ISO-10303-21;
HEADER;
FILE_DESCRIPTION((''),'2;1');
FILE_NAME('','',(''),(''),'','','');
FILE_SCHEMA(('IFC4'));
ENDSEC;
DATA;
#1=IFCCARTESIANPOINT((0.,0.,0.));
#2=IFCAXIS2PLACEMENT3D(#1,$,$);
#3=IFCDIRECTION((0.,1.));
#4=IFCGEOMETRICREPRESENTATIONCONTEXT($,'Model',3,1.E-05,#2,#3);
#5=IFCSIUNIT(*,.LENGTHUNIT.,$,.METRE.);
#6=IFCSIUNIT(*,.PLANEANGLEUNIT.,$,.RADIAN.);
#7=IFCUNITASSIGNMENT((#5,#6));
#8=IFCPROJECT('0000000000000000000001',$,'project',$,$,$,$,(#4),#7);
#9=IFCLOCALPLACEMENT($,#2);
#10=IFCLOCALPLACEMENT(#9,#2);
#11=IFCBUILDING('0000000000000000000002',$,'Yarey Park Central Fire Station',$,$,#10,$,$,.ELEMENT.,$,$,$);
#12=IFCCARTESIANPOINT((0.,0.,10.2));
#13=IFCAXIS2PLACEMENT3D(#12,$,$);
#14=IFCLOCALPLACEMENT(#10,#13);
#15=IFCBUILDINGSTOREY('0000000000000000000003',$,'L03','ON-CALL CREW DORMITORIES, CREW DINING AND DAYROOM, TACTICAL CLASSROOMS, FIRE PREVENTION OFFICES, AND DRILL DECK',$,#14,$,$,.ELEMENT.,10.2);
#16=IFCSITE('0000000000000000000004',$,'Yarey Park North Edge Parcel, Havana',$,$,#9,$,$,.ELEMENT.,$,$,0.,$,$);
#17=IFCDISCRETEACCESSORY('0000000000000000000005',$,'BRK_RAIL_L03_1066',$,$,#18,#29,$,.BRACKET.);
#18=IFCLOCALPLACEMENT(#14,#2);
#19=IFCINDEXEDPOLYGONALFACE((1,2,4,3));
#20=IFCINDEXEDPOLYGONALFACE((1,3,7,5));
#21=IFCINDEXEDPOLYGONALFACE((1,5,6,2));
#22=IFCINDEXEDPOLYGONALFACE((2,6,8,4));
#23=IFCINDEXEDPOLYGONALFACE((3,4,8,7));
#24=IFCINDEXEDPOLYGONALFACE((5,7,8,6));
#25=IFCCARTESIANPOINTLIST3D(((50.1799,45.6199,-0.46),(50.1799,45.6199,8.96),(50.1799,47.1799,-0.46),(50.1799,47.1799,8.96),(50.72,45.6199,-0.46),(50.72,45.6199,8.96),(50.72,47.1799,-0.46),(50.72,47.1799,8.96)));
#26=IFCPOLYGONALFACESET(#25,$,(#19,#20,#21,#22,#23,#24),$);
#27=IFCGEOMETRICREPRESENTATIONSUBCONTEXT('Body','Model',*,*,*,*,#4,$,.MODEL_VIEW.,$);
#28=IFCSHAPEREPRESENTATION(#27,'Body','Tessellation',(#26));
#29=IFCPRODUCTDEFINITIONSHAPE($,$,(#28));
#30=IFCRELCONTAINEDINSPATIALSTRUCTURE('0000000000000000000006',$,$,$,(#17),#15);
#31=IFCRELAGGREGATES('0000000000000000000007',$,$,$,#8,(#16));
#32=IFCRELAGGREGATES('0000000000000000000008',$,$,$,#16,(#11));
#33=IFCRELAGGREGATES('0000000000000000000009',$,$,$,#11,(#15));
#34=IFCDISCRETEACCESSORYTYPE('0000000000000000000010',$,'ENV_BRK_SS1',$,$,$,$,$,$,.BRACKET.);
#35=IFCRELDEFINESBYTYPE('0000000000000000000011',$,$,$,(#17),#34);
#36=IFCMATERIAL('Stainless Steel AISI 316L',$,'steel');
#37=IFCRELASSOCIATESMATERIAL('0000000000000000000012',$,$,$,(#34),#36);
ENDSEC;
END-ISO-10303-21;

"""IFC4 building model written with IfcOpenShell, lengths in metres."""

from ifc_helpers import new_model, si_unit, direction, frame, origin, origin_2d, place, context, subcontext, project, spatial, rectangle, extrude, material, type_object, element, save


model = new_model("IFC4")

# Units and contexts
model_context = context("Model", 3, precision=1e-05, world=origin(), true_north=direction((0.0, 1.0)))
body_context = subcontext(model_context, "Body", "Model", "MODEL_VIEW")
ifc_project = project(units=[si_unit("LENGTHUNIT", "METRE"), si_unit("PLANEANGLEUNIT", "RADIAN")], contexts=[model_context])

# Site, building, storey
site_placement = place(None, origin())
site = spatial("IfcSite", under=ifc_project, at=site_placement, Name="Yarey Park North Edge Parcel, Havana", CompositionType="ELEMENT", RefElevation=0.0)
building_placement = place(site_placement, origin())
building = spatial("IfcBuilding", under=site, at=building_placement, Name="Yarey Park Central Fire Station", CompositionType="ELEMENT")
storey_placement = place(building_placement, frame((0.0, 0.0, 10.2)))
storey = spatial("IfcBuildingStorey", under=building, at=storey_placement, Name="L03", Description="ON-CALL CREW DORMITORIES, CREW DINING AND DAYROOM, TACTICAL CLASSROOMS, FIRE PREVENTION OFFICES, AND DRILL DECK", CompositionType="ELEMENT", Elevation=10.2)

# Discrete accessory
ifc_material_1 = material(Name="Stainless Steel AISI 316L", Category="steel")
discrete_accessory_type = type_object("IfcDiscreteAccessoryType", Name="ENV_BRK_SS1", PredefinedType="BRACKET", material=ifc_material_1)
discrete_accessory_1_placement = place(storey_placement, frame((50.45, 46.3999, -0.46), z_axis=(0.0, 0.0, 1.0), x_axis=(1.0, 0.0, 0.0)))
element("IfcDiscreteAccessory", 1, at=discrete_accessory_1_placement, inside=storey, type_object=discrete_accessory_type, Name="BRK_RAIL_L03_1066", PredefinedType="BRACKET", context=body_context, shape_type="SweptSolid", body=[
    extrude(rectangle(XDim=0.54, YDim=1.5601, at=origin_2d()), origin(), (0.0, 0.0, 1.0), 9.4199),
])

save(model, "model.ifc")
